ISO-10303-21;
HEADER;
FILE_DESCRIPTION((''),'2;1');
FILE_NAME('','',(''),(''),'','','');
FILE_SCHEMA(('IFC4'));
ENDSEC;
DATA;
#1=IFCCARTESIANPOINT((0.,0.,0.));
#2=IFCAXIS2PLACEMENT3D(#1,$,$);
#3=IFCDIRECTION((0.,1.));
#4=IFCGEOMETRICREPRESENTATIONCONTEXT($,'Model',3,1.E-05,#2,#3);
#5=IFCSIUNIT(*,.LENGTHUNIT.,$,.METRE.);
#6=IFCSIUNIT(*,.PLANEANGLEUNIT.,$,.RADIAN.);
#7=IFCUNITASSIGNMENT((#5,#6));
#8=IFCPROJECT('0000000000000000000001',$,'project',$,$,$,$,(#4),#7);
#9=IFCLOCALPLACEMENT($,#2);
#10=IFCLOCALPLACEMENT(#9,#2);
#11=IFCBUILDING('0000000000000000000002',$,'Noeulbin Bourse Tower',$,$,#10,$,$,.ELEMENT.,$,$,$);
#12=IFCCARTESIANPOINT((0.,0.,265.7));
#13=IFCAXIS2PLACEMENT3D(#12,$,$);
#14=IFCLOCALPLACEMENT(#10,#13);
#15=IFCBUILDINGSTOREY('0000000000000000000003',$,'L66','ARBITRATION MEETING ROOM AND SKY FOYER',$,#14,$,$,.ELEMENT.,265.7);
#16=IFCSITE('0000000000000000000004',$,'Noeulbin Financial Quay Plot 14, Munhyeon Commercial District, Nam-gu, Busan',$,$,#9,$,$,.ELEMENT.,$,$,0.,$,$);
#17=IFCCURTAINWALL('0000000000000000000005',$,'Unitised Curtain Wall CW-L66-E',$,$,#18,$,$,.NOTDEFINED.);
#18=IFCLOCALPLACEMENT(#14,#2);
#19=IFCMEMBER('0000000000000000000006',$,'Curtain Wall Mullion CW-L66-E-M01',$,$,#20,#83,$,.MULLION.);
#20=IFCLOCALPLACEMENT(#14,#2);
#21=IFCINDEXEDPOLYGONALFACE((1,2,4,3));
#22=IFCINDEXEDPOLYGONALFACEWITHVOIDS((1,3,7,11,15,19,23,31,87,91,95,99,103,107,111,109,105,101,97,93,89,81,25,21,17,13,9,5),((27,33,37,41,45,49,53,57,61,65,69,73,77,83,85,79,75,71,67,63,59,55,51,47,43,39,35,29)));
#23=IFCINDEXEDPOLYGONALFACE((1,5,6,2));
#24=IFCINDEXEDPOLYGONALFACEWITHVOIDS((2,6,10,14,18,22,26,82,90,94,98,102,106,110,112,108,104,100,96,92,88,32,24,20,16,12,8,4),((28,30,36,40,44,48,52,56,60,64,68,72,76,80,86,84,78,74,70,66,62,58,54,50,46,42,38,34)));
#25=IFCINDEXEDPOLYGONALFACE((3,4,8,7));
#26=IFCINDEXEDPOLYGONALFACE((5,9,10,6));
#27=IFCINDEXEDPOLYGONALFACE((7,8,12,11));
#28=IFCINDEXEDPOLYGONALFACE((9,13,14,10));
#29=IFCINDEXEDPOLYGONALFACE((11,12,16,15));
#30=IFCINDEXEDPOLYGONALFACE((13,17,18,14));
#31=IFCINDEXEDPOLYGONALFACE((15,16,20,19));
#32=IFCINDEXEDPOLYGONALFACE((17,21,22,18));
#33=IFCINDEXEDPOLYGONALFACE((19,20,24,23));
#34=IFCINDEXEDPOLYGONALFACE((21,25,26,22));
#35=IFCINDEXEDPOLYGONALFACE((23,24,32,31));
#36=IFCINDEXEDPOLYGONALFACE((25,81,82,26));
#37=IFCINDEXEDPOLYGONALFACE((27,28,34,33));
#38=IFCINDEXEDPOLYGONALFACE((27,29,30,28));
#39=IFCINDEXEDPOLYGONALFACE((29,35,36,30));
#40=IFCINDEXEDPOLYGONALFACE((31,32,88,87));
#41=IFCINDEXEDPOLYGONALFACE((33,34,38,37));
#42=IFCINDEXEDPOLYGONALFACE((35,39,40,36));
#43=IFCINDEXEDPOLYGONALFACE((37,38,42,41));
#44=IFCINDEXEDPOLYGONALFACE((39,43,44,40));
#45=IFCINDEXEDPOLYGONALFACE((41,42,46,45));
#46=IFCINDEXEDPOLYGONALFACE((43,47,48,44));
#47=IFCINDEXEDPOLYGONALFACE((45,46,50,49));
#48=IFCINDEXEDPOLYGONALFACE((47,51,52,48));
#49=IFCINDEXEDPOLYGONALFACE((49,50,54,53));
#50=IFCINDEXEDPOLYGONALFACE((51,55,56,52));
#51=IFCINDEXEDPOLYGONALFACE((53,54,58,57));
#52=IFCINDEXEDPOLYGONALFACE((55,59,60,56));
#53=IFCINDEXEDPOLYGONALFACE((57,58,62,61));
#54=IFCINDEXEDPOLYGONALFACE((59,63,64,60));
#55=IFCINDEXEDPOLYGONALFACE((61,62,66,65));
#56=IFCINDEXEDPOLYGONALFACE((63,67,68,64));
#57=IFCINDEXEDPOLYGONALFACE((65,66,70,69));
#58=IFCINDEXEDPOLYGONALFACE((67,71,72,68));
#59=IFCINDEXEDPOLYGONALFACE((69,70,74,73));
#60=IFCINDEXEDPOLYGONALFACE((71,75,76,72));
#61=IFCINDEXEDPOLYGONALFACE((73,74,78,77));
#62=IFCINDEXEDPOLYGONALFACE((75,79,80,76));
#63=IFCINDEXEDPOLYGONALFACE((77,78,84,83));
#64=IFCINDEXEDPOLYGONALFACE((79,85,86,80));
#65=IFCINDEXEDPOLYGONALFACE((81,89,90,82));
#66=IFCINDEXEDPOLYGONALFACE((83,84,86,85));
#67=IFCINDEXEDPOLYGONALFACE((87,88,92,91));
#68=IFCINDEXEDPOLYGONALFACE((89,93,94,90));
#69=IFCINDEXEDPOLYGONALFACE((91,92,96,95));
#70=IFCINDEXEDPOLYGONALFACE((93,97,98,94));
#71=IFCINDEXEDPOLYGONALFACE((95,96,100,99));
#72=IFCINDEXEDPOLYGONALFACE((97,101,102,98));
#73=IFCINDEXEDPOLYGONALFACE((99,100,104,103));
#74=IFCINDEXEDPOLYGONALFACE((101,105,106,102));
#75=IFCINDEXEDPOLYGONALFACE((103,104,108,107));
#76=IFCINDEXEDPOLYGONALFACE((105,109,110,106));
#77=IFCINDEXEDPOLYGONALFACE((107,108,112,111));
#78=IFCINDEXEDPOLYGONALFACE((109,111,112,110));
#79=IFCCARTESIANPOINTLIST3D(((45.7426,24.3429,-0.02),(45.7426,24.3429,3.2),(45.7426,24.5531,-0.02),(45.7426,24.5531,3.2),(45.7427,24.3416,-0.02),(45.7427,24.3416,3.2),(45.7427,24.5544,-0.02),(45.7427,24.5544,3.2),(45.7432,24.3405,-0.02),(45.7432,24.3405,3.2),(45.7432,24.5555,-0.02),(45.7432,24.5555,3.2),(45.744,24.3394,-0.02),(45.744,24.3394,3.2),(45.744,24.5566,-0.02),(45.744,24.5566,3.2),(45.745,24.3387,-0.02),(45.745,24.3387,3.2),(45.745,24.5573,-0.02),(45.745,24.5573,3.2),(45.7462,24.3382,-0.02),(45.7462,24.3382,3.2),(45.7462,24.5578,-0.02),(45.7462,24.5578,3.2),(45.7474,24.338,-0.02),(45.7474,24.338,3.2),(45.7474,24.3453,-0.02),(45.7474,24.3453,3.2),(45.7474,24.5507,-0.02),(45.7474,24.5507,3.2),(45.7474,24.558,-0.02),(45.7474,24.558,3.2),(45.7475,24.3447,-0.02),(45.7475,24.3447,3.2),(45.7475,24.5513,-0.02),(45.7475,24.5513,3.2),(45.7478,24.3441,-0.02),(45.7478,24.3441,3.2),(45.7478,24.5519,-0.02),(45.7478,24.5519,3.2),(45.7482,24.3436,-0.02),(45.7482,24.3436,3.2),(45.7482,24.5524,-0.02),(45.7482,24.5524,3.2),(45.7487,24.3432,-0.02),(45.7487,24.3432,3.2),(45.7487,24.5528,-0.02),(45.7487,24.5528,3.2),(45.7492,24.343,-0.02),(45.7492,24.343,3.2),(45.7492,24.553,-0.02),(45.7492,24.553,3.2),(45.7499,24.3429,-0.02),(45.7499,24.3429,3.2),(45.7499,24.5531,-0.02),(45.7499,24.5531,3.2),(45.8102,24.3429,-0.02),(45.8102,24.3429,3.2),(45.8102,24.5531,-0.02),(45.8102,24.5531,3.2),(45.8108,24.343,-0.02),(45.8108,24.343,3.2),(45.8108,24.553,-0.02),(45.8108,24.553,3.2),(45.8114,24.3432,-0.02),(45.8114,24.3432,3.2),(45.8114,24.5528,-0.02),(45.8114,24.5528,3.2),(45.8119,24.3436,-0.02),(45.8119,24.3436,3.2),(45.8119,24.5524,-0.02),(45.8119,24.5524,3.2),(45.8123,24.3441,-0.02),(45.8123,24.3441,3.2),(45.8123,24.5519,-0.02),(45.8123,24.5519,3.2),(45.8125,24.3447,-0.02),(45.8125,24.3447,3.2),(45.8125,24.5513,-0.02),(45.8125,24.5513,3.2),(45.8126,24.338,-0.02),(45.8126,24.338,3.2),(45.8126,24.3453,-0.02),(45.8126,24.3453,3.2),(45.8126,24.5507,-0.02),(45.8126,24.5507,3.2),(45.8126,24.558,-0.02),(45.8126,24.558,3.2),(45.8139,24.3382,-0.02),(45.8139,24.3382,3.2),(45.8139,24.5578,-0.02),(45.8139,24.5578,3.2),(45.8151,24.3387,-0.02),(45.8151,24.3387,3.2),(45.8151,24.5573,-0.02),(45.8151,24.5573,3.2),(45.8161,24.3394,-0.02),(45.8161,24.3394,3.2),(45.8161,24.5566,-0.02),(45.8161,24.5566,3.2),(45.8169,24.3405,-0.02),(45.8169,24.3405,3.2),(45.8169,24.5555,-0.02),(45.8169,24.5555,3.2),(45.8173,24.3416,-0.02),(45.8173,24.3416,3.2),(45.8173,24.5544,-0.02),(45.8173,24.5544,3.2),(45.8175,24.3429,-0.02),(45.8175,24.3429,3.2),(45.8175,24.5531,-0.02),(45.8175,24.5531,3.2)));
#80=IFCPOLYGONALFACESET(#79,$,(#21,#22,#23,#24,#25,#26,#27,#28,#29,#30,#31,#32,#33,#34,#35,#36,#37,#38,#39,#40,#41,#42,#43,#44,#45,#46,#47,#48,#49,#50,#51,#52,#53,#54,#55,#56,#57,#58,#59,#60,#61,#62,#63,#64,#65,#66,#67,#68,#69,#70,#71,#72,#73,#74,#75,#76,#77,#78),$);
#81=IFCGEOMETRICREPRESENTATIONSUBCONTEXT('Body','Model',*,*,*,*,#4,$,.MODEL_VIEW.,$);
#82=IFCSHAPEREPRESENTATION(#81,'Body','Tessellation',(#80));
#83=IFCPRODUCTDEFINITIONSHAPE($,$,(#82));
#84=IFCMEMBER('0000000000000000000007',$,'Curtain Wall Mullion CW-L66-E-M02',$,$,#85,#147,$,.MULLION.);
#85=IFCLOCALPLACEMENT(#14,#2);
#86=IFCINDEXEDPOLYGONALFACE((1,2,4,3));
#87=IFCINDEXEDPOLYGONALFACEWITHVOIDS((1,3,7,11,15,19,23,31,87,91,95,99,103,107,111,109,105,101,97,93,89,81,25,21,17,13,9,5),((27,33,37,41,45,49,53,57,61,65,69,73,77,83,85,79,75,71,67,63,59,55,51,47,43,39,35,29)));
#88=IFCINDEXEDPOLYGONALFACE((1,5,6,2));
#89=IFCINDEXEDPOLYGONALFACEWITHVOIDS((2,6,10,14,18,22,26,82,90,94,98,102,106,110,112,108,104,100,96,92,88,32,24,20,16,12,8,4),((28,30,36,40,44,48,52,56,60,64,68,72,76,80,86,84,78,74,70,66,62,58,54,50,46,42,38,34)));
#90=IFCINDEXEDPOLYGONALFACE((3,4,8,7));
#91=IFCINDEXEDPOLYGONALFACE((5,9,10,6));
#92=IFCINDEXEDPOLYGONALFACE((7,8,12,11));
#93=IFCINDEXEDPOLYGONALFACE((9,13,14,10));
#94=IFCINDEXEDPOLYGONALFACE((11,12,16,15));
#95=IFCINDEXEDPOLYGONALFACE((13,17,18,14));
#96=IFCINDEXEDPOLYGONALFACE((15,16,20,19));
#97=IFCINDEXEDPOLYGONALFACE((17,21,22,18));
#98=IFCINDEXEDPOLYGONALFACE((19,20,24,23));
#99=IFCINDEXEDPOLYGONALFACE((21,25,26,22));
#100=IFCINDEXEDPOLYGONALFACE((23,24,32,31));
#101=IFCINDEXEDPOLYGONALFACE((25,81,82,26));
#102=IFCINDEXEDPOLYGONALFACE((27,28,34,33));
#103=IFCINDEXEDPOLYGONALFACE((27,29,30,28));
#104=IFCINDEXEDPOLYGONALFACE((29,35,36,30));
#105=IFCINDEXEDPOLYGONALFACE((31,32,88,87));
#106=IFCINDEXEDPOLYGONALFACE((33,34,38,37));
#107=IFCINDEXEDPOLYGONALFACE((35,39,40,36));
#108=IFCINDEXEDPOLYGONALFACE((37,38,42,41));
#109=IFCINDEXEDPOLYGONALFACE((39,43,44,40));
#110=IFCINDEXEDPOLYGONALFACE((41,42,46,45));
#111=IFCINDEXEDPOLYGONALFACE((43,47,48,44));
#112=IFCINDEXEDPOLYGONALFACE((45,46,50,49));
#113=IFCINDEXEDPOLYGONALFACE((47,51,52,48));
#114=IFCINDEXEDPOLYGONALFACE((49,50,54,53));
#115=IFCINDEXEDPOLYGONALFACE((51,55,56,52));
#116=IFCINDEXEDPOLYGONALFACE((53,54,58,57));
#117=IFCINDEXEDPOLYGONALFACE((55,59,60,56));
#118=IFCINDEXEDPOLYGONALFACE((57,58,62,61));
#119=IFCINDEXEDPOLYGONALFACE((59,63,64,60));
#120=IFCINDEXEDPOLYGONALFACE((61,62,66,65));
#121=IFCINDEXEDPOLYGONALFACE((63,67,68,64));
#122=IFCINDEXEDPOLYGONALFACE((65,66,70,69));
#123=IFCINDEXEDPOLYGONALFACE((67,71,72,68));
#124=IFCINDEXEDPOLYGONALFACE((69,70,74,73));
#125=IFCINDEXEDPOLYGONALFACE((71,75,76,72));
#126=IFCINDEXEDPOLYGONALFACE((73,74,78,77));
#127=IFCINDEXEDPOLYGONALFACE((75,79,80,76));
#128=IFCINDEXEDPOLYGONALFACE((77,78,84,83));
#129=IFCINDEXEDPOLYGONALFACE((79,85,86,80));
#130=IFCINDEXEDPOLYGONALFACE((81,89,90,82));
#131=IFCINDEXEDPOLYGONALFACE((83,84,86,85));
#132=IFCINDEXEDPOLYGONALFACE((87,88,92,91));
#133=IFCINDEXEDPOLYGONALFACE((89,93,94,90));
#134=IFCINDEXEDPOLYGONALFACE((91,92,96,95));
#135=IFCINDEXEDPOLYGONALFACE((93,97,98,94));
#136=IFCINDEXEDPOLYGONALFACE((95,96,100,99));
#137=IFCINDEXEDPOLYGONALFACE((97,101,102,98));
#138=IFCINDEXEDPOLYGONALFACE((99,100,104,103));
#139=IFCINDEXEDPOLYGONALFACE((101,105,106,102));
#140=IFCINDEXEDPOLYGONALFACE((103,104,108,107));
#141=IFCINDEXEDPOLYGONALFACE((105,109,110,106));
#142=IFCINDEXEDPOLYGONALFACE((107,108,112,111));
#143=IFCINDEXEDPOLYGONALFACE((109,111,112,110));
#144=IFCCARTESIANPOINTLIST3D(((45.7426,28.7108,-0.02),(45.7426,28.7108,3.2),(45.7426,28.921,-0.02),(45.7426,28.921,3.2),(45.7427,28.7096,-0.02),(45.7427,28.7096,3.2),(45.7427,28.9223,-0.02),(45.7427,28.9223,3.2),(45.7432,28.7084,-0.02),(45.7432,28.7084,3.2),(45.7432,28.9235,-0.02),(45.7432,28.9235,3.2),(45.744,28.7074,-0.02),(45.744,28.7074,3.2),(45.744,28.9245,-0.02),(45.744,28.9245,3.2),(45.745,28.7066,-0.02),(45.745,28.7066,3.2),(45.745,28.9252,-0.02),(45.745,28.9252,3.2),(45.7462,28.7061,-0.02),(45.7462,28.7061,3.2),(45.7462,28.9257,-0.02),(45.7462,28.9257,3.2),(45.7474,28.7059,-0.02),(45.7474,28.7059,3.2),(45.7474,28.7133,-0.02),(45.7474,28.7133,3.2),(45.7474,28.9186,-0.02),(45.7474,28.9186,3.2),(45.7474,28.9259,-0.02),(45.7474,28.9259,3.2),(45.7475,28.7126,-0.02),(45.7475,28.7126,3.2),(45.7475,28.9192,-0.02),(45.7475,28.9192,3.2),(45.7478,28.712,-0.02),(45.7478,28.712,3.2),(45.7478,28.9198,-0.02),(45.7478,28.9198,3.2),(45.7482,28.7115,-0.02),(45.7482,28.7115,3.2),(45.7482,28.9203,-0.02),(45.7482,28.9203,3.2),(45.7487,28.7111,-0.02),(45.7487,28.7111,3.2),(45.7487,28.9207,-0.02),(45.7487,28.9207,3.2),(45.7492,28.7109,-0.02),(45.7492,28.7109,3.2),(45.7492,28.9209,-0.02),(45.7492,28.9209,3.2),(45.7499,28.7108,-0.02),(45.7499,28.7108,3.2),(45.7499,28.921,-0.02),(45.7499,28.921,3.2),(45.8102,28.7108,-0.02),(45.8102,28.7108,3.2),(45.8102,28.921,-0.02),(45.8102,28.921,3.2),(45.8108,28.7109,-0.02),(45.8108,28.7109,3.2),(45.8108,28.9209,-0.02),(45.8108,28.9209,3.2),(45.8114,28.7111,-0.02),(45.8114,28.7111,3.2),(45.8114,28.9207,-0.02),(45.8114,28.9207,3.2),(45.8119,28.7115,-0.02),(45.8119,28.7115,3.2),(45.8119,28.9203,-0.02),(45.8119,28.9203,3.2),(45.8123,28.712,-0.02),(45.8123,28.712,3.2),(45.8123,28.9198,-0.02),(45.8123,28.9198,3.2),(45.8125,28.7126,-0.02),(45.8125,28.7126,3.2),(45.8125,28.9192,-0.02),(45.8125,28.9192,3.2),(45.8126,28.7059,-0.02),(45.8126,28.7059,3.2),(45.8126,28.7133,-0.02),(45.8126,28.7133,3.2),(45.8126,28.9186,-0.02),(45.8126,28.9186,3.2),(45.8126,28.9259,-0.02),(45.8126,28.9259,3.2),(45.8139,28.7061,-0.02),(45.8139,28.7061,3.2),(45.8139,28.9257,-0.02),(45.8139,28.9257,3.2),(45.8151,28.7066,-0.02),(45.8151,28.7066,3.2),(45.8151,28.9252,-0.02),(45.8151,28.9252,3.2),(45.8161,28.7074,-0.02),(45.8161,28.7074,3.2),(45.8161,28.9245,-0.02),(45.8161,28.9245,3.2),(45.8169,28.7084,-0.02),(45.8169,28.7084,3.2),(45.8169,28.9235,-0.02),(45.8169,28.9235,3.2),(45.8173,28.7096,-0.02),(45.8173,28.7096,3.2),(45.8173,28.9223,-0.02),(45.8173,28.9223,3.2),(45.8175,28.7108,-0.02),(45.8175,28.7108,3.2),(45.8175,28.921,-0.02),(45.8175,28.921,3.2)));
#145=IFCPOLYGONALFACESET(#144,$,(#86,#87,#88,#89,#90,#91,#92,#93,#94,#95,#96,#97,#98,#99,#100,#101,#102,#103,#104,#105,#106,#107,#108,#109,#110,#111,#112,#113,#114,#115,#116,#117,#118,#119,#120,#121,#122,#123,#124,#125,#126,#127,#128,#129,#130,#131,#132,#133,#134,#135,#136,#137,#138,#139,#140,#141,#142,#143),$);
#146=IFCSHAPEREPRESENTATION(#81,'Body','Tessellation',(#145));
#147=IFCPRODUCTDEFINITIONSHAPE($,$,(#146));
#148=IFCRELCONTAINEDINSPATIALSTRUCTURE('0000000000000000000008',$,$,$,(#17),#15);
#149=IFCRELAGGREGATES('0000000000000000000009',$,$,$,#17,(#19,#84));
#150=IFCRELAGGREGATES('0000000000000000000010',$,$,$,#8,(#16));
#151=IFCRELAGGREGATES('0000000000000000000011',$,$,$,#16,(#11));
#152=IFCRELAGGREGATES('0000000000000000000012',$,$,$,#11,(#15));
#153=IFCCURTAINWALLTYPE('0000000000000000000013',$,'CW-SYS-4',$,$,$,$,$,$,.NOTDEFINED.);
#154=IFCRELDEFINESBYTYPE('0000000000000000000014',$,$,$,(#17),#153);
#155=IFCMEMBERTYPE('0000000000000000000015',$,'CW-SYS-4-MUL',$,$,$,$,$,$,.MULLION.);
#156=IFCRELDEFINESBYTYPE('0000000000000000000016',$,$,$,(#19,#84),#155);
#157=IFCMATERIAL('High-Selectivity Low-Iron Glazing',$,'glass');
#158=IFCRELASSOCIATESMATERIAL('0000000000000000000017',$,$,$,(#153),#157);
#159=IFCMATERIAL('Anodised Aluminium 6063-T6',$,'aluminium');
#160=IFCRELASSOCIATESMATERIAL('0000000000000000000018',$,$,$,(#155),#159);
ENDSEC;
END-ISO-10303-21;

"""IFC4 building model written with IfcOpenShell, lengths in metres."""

from ifc_helpers import new_model, si_unit, direction, frame, origin, origin_2d, place, context, subcontext, project, spatial, hollow_rectangle, extrude, material, material_profile, profile_set, type_object, element, aggregate, save


model = new_model("IFC4")

# Units and contexts
model_context = context("Model", 3, precision=1e-05, world=origin(), true_north=direction((0.0, 1.0)))
body_context = subcontext(model_context, "Body", "Model", "MODEL_VIEW")
ifc_project = project(units=[si_unit("LENGTHUNIT", "METRE"), si_unit("PLANEANGLEUNIT", "RADIAN")], contexts=[model_context])

# Site, building, storey
site_placement = place(None, origin())
site = spatial("IfcSite", under=ifc_project, at=site_placement, Name="Noeulbin Financial Quay Plot 14, Munhyeon Commercial District, Nam-gu, Busan", CompositionType="ELEMENT", RefElevation=0.0)
building_placement = place(site_placement, origin())
building = spatial("IfcBuilding", under=site, at=building_placement, Name="Noeulbin Bourse Tower", CompositionType="ELEMENT")
storey_placement = place(building_placement, frame((0.0, 0.0, 265.7)))
storey = spatial("IfcBuildingStorey", under=building, at=storey_placement, Name="L66", Description="ARBITRATION MEETING ROOM AND SKY FOYER", CompositionType="ELEMENT", Elevation=265.7)

# Curtain wall, members
ifc_material_1 = material(Name="High-Selectivity Low-Iron Glazing", Category="glass")
curtain_wall_type = type_object("IfcCurtainWallType", Name="CW-SYS-4", PredefinedType="NOTDEFINED", material=ifc_material_1)
ifc_material_2 = material(Name="Anodised Aluminium 6063-T6", Category="aluminium")
ifc_material_profile_1 = material_profile(ifc_material_2, hollow_rectangle(XDim=0.075, YDim=0.22, WallThickness=0.0049, InnerFilletRadius=0.0024, OuterFilletRadius=0.0049, at=origin_2d()), Name="ALU-MULL-75x220x5", Category="LoadBearing")
ifc_profile_set_1 = profile_set([ifc_material_profile_1], Name="Anodised Aluminium 6063-T6")
member_type_1 = type_object("IfcMemberType", Name="CW-SYS-4-MUL", PredefinedType="MULLION", material=ifc_profile_set_1)
curtain_wall_1_placement = place(storey_placement, origin())
curtain_wall_1 = element("IfcCurtainWall", 1, at=curtain_wall_1_placement, inside=storey, type_object=curtain_wall_type, Name="Unitised Curtain Wall CW-L66-E", PredefinedType="NOTDEFINED")
member_1_placement = place(storey_placement, frame((45.78, 24.448, -0.02), z_axis=(0.0, 0.0, 1.0), x_axis=(1.0, 0.0, 0.0)))
member_1 = element("IfcMember", 2, at=member_1_placement, type_object=member_type_1, Name="Curtain Wall Mullion CW-L66-E-M01", PredefinedType="MULLION", context=body_context, shape_type="SweptSolid", body=[
    extrude(hollow_rectangle(XDim=0.075, YDim=0.22, WallThickness=0.0049, InnerFilletRadius=0.0024, OuterFilletRadius=0.0049, at=origin_2d()), origin(), (0.0, 0.0, 1.0), 3.22),
])
member_2_placement = place(storey_placement, frame((45.78, 28.8159, -0.02), z_axis=(0.0, 0.0, 1.0), x_axis=(1.0, 0.0, 0.0)))
member_2 = element("IfcMember", 3, at=member_2_placement, type_object=member_type_1, Name="Curtain Wall Mullion CW-L66-E-M02", PredefinedType="MULLION", context=body_context, shape_type="SweptSolid", body=[
    extrude(hollow_rectangle(XDim=0.075, YDim=0.22, WallThickness=0.0049, InnerFilletRadius=0.0024, OuterFilletRadius=0.0049, at=origin_2d()), origin(), (0.0, 0.0, 1.0), 3.22),
])

aggregate(curtain_wall_1, [member_1, member_2])

save(model, "model.ifc")
